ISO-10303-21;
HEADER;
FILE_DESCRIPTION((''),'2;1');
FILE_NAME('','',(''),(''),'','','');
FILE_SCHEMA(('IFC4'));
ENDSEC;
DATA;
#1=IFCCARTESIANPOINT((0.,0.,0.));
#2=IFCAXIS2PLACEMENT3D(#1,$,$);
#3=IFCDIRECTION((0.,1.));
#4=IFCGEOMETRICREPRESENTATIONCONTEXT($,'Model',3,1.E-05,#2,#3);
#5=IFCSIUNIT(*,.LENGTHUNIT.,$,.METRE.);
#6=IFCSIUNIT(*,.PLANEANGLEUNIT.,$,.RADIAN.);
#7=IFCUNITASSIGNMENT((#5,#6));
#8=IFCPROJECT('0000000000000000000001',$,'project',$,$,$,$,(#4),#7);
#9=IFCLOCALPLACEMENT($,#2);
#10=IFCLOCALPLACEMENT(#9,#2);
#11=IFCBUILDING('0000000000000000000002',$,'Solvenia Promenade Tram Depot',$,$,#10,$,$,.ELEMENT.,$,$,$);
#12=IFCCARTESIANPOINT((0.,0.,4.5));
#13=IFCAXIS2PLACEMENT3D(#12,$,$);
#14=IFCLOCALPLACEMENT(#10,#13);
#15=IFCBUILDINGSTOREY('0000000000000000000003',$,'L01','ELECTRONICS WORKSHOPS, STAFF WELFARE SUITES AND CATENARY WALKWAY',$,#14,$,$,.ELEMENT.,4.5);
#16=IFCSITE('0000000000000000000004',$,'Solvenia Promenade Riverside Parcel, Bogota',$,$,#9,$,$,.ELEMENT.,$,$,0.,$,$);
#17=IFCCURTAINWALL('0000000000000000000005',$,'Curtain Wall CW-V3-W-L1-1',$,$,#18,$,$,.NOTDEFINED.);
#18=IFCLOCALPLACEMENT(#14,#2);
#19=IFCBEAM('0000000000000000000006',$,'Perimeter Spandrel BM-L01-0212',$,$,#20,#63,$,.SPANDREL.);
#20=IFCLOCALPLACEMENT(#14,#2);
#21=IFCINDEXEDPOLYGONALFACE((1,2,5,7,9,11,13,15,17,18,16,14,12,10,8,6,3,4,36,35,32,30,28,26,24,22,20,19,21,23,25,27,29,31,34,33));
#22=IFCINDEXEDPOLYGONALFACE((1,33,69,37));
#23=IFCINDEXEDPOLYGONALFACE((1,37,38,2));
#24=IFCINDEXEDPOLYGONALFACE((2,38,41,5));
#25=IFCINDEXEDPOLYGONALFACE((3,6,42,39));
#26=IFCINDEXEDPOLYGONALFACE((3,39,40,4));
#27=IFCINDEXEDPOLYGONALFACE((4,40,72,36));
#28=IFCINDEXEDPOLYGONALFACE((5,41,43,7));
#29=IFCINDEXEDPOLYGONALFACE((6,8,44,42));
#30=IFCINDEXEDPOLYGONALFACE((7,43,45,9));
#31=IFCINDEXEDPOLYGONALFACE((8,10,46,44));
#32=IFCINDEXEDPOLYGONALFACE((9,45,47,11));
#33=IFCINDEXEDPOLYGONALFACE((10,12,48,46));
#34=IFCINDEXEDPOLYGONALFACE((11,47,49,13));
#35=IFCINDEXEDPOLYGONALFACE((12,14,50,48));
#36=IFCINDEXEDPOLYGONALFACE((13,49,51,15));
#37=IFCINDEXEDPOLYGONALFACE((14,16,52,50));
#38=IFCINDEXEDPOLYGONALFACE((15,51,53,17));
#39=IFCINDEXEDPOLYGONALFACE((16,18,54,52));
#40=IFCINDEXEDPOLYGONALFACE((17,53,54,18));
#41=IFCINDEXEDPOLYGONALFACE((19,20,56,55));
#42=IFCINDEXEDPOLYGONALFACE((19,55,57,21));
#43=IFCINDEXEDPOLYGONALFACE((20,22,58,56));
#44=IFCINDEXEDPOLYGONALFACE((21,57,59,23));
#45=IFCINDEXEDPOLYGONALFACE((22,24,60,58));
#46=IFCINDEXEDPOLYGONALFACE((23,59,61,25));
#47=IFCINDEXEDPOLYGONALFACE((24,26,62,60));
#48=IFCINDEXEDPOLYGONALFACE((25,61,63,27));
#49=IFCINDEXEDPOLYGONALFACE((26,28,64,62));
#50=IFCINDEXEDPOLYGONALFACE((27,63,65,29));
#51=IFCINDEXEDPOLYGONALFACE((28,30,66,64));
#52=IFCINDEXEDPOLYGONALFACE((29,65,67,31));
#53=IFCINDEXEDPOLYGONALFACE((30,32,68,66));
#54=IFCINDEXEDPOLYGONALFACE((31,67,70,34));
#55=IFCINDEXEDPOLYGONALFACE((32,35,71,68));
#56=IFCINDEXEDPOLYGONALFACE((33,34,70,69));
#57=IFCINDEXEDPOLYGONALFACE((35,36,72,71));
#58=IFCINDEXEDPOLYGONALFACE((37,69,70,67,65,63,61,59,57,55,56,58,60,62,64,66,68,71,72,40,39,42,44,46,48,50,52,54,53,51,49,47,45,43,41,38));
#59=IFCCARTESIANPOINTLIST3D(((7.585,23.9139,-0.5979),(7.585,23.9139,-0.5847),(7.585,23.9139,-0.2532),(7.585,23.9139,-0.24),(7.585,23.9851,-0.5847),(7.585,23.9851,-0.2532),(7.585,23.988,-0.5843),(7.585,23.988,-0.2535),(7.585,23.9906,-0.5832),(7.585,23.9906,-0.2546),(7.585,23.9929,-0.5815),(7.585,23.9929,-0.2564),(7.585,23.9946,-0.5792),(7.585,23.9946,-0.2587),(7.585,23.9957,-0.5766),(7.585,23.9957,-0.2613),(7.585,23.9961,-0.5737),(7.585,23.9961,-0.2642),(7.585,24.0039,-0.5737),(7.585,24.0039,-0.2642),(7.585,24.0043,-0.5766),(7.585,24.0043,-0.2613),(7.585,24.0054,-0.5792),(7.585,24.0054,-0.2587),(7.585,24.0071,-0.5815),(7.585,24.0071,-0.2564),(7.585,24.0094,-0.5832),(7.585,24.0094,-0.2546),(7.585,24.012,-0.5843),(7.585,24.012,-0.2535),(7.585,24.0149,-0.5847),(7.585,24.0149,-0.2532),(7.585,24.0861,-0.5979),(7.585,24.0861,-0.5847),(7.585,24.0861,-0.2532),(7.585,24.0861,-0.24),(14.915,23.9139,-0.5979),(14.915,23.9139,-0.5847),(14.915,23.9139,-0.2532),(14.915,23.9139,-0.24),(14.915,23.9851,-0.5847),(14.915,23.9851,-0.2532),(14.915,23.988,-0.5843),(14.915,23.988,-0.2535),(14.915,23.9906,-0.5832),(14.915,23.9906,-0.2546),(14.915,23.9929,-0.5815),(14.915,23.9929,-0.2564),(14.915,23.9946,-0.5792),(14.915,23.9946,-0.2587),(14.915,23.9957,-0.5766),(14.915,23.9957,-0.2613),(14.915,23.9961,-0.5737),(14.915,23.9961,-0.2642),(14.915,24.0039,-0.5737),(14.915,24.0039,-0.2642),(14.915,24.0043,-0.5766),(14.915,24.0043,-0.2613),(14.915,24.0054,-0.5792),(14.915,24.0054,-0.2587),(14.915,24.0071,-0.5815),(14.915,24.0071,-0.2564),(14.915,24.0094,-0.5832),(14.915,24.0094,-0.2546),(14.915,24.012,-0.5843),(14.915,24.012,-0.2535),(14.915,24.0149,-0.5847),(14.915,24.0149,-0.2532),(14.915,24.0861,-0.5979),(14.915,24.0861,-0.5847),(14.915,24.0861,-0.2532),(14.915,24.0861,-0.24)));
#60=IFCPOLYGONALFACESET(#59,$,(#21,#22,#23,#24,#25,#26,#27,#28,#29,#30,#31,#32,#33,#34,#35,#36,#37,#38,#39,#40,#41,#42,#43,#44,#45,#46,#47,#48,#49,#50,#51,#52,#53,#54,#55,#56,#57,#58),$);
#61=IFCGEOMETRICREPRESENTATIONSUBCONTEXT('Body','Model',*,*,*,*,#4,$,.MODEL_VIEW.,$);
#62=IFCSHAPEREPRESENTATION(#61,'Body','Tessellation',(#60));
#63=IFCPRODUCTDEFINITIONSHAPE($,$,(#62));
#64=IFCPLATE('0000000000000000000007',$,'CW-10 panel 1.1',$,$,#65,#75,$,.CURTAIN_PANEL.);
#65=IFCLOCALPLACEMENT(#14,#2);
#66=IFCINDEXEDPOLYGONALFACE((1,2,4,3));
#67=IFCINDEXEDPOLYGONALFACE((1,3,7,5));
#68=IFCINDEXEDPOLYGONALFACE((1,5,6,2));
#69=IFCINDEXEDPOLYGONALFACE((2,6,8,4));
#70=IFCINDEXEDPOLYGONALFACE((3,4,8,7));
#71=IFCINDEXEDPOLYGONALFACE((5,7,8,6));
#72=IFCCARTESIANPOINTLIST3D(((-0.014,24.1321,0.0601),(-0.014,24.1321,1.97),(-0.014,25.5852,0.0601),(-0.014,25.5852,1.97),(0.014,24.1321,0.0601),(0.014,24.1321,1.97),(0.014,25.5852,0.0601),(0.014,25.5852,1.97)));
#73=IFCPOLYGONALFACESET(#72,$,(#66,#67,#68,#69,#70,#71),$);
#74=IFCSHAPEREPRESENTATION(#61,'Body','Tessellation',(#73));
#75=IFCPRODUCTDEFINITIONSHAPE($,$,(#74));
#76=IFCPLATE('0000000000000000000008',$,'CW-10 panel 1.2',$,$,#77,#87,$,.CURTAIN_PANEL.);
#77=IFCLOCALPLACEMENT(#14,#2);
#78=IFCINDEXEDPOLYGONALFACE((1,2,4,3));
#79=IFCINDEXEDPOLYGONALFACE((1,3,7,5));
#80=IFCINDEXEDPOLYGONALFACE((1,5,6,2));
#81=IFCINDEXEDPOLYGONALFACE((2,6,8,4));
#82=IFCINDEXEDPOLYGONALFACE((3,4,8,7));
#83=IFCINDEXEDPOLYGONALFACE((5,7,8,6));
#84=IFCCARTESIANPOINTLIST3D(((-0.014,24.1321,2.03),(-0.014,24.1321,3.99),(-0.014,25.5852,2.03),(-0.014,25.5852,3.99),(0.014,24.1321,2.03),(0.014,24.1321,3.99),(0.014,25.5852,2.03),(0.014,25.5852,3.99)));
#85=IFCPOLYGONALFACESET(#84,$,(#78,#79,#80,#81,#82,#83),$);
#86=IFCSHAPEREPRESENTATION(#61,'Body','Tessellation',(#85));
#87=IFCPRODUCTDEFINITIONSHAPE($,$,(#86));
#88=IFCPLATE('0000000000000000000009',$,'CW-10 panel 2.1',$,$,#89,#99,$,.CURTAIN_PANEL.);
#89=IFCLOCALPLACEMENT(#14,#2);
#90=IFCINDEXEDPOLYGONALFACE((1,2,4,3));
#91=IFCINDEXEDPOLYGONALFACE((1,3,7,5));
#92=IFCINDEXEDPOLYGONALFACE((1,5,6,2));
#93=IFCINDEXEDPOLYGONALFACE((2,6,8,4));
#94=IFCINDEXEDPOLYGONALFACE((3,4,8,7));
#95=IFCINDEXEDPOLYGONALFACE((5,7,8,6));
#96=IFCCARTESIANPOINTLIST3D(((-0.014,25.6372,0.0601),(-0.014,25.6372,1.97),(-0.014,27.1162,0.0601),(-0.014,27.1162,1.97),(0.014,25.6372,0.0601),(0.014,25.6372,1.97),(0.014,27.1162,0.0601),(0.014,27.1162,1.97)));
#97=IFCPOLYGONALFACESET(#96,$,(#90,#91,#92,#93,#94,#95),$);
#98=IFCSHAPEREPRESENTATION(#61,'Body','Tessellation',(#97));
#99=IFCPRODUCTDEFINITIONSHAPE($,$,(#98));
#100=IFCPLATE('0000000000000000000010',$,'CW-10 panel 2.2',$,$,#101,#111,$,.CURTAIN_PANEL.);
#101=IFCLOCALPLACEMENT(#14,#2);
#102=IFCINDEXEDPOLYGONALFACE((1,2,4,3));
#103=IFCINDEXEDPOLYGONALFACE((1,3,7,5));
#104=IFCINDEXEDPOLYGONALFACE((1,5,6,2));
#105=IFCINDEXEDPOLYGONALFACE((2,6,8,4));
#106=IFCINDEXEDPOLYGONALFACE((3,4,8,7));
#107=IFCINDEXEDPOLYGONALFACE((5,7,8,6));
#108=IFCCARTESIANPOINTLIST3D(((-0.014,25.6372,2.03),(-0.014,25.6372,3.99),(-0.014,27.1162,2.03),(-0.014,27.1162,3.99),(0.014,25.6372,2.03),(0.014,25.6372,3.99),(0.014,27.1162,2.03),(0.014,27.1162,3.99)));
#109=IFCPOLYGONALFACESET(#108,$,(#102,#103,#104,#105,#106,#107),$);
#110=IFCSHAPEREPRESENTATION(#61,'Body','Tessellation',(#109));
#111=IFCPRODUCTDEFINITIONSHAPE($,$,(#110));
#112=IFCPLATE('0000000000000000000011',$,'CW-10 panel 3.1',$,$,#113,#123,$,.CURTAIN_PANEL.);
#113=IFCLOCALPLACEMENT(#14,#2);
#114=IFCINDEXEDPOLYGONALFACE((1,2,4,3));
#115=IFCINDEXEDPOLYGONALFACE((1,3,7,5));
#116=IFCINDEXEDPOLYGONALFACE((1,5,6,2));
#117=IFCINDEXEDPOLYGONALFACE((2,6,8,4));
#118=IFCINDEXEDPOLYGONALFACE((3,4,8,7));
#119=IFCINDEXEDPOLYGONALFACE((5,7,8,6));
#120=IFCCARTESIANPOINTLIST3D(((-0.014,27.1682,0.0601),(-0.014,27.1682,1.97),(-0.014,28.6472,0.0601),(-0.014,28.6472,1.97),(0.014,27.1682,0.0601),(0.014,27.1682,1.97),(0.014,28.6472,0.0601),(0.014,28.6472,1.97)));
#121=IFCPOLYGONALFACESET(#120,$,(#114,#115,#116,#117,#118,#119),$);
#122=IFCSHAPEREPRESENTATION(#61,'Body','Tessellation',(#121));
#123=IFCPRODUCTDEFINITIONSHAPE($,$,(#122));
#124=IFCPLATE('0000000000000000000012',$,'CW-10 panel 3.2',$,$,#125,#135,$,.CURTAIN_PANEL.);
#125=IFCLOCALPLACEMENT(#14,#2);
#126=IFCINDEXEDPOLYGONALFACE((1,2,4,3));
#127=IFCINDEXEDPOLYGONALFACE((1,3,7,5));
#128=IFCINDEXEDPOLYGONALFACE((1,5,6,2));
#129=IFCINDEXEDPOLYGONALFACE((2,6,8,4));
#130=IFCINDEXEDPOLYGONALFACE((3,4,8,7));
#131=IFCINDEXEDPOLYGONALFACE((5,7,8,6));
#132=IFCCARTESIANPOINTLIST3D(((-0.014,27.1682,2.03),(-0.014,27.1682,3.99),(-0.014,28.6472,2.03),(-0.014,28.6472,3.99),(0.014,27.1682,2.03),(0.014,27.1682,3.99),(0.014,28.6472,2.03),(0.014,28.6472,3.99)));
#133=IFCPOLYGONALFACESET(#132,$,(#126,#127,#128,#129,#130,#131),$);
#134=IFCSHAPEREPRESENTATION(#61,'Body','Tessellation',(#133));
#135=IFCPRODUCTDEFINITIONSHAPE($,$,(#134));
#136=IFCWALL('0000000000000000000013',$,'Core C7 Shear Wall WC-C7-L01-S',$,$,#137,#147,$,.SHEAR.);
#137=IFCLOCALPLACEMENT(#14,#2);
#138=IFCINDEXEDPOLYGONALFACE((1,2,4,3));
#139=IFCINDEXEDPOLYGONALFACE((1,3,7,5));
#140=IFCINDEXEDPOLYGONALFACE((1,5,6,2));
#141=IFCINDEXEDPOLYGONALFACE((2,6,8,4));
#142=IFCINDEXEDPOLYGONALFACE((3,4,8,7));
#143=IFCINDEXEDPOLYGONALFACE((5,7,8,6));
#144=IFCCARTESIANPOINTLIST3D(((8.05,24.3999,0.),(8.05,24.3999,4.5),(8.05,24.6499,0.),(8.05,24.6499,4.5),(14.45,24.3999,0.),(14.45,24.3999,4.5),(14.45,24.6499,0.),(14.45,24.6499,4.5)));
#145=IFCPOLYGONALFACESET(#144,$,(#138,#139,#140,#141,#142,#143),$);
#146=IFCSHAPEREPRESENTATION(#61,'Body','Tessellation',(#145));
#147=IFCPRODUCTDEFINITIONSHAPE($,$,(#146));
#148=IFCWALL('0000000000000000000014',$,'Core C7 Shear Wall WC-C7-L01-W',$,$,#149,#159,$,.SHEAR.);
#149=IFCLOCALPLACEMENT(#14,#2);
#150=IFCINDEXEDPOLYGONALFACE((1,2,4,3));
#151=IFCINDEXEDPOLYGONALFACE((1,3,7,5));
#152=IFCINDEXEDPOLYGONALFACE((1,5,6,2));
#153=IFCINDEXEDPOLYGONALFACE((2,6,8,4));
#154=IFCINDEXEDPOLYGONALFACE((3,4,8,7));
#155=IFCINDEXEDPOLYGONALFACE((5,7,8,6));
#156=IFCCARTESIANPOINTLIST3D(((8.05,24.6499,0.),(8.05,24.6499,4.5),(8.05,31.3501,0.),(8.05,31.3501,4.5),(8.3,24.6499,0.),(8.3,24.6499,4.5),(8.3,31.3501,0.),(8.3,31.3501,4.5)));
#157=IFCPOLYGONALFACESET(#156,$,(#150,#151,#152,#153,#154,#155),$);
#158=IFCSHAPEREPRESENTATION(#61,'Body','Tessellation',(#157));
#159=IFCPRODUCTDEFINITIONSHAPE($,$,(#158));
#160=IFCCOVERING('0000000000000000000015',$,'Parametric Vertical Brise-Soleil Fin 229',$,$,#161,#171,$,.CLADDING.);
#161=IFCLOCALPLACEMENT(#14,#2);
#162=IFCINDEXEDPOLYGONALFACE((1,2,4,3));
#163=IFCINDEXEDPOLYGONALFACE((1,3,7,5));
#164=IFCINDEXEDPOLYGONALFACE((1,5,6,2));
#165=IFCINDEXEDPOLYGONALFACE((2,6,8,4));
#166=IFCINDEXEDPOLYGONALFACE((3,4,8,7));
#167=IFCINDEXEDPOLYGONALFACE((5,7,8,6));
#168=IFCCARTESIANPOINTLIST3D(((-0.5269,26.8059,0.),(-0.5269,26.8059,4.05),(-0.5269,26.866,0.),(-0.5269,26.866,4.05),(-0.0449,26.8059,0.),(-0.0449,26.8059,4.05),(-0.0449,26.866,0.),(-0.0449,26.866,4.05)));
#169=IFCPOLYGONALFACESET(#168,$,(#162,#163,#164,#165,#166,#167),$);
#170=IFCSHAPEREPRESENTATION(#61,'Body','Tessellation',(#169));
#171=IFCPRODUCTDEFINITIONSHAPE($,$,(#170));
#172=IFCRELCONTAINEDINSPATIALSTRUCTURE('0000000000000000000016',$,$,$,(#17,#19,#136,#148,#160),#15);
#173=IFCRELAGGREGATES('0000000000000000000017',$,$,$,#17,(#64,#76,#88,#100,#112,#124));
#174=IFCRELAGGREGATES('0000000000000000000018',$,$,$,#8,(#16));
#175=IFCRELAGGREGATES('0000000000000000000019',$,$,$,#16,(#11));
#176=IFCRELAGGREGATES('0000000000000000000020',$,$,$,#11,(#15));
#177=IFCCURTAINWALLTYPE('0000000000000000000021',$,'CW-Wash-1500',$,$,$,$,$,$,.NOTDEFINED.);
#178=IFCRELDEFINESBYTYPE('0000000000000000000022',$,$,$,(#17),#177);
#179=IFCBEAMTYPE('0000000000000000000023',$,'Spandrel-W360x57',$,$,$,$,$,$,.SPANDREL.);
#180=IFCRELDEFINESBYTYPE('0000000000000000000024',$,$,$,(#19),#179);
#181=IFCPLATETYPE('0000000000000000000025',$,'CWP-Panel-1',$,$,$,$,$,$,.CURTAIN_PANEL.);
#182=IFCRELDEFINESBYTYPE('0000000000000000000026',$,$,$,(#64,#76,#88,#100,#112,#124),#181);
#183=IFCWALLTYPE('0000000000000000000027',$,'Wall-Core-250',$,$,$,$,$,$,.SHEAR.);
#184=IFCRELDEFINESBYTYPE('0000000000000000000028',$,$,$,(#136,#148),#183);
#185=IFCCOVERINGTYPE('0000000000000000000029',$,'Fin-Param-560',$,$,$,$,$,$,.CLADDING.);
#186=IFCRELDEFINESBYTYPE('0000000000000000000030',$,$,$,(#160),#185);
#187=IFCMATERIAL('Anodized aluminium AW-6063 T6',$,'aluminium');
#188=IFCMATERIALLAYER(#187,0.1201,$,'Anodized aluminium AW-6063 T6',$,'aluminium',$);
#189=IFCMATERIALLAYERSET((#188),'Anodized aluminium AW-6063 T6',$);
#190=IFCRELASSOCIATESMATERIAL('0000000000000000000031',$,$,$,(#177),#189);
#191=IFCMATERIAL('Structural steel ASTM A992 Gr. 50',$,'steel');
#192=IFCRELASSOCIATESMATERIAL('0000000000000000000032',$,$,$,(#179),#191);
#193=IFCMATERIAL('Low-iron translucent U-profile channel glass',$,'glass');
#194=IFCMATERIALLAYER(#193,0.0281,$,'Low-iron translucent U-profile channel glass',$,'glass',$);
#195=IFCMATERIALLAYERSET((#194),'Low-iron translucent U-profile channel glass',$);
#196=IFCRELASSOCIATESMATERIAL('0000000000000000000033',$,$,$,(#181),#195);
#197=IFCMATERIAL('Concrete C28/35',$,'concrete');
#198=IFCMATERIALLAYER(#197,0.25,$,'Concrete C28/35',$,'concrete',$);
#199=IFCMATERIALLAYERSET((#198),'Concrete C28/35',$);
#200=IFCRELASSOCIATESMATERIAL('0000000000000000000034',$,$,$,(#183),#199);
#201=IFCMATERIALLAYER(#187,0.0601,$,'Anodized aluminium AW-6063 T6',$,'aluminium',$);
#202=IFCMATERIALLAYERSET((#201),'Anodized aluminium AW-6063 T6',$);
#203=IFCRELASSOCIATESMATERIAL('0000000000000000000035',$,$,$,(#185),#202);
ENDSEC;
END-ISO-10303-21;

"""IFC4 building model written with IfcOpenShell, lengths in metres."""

from ifc_helpers import new_model, si_unit, direction, frame, frame_2d, origin, origin_2d, place, context, subcontext, project, spatial, rectangle, i_section, extrude, material, layer, layer_set, material_profile, profile_set, type_object, element, aggregate, save


model = new_model("IFC4")

# Units and contexts
model_context = context("Model", 3, precision=1e-05, world=origin(), true_north=direction((0.0, 1.0)))
body_context = subcontext(model_context, "Body", "Model", "MODEL_VIEW")
ifc_project = project(units=[si_unit("LENGTHUNIT", "METRE"), si_unit("PLANEANGLEUNIT", "RADIAN")], contexts=[model_context])

# Site, building, storey
site_placement = place(None, origin())
site = spatial("IfcSite", under=ifc_project, at=site_placement, Name="Solvenia Promenade Riverside Parcel, Bogota", CompositionType="ELEMENT", RefElevation=0.0)
building_placement = place(site_placement, origin())
building = spatial("IfcBuilding", under=site, at=building_placement, Name="Solvenia Promenade Tram Depot", CompositionType="ELEMENT")
storey_placement = place(building_placement, frame((0.0, 0.0, 4.5)))
storey = spatial("IfcBuildingStorey", under=building, at=storey_placement, Name="L01", Description="ELECTRONICS WORKSHOPS, STAFF WELFARE SUITES AND CATENARY WALKWAY", CompositionType="ELEMENT", Elevation=4.5)

# Curtain wall
ifc_material_1 = material(Name="Anodized aluminium AW-6063 T6", Category="aluminium")
ifc_layer_1 = layer(ifc_material_1, 0.1201, Name="Anodized aluminium AW-6063 T6", Category="aluminium")
ifc_layer_set_1 = layer_set([ifc_layer_1], Name="Anodized aluminium AW-6063 T6")
curtain_wall_type = type_object("IfcCurtainWallType", Name="CW-Wash-1500", PredefinedType="NOTDEFINED", material=ifc_layer_set_1)
curtain_wall_placement = place(storey_placement, origin())
curtain_wall = element("IfcCurtainWall", 1, at=curtain_wall_placement, inside=storey, type_object=curtain_wall_type, Name="Curtain Wall CW-V3-W-L1-1", PredefinedType="NOTDEFINED")

# Beam
ifc_material_2 = material(Name="Structural steel ASTM A992 Gr. 50", Category="steel")
ifc_material_profile_1 = material_profile(ifc_material_2, i_section(OverallWidth=0.1721, OverallDepth=0.3579, WebThickness=0.0078, FlangeThickness=0.0132, FilletRadius=0.011, at=origin_2d()), Name="W360x57", Category="steel")
ifc_profile_set_1 = profile_set([ifc_material_profile_1], Name="Structural steel ASTM A992 Gr. 50")
beam_type_1 = type_object("IfcBeamType", Name="Spandrel-W360x57", PredefinedType="SPANDREL", material=ifc_profile_set_1)
beam_1_placement = place(storey_placement, frame((7.585, 24.0, -0.4189), z_axis=(1.0, 0.0, 0.0), x_axis=(0.0, 1.0, 0.0)))
element("IfcBeam", 2, at=beam_1_placement, inside=storey, type_object=beam_type_1, Name="Perimeter Spandrel BM-L01-0212", PredefinedType="SPANDREL", context=body_context, shape_type="SweptSolid", body=[
    extrude(i_section(OverallWidth=0.1721, OverallDepth=0.3579, WebThickness=0.0078, FlangeThickness=0.0132, FilletRadius=0.011, at=origin_2d()), origin(), (0.0, 0.0, 1.0), 7.3301),
])

# Plates
ifc_material_3 = material(Name="Low-iron translucent U-profile channel glass", Category="glass")
ifc_layer_2 = layer(ifc_material_3, 0.0281, Name="Low-iron translucent U-profile channel glass", Category="glass")
ifc_layer_set_2 = layer_set([ifc_layer_2], Name="Low-iron translucent U-profile channel glass")
plate_type = type_object("IfcPlateType", Name="CWP-Panel-1", PredefinedType="CURTAIN_PANEL", material=ifc_layer_set_2)
plate_1_placement = place(storey_placement, frame((0.0, 24.8586, 0.0601), z_axis=(0.0, 0.0, 1.0), x_axis=(0.0, 1.0, 0.0)))
plate_1 = element("IfcPlate", 3, at=plate_1_placement, type_object=plate_type, Name="CW-10 panel 1.1", PredefinedType="CURTAIN_PANEL", context=body_context, shape_type="SweptSolid", body=[
    extrude(rectangle(XDim=1.4531, YDim=0.0281, at=origin_2d()), origin(), (0.0, 0.0, 1.0), 1.9099),
])
plate_2_placement = place(storey_placement, frame((0.0, 24.8586, 2.03), z_axis=(0.0, 0.0, 1.0), x_axis=(0.0, 1.0, 0.0)))
plate_2 = element("IfcPlate", 4, at=plate_2_placement, type_object=plate_type, Name="CW-10 panel 1.2", PredefinedType="CURTAIN_PANEL", context=body_context, shape_type="SweptSolid", body=[
    extrude(rectangle(XDim=1.4531, YDim=0.0281, at=origin_2d()), origin(), (0.0, 0.0, 1.0), 1.96),
])
plate_3_placement = place(storey_placement, frame((0.0, 26.3767, 0.0601), z_axis=(0.0, 0.0, 1.0), x_axis=(0.0, 1.0, 0.0)))
plate_3 = element("IfcPlate", 5, at=plate_3_placement, type_object=plate_type, Name="CW-10 panel 2.1", PredefinedType="CURTAIN_PANEL", context=body_context, shape_type="SweptSolid", body=[
    extrude(rectangle(XDim=1.479, YDim=0.0281, at=origin_2d()), origin(), (0.0, 0.0, 1.0), 1.9099),
])
plate_4_placement = place(storey_placement, frame((0.0, 26.3767, 2.03), z_axis=(0.0, 0.0, 1.0), x_axis=(0.0, 1.0, 0.0)))
plate_4 = element("IfcPlate", 6, at=plate_4_placement, type_object=plate_type, Name="CW-10 panel 2.2", PredefinedType="CURTAIN_PANEL", context=body_context, shape_type="SweptSolid", body=[
    extrude(rectangle(XDim=1.479, YDim=0.0281, at=origin_2d()), origin(), (0.0, 0.0, 1.0), 1.96),
])
plate_5_placement = place(storey_placement, frame((0.0, 27.9077, 0.0601), z_axis=(0.0, 0.0, 1.0), x_axis=(0.0, 1.0, 0.0)))
plate_5 = element("IfcPlate", 7, at=plate_5_placement, type_object=plate_type, Name="CW-10 panel 3.1", PredefinedType="CURTAIN_PANEL", context=body_context, shape_type="SweptSolid", body=[
    extrude(rectangle(XDim=1.479, YDim=0.0281, at=origin_2d()), origin(), (0.0, 0.0, 1.0), 1.9099),
])
plate_6_placement = place(storey_placement, frame((0.0, 27.9077, 2.03), z_axis=(0.0, 0.0, 1.0), x_axis=(0.0, 1.0, 0.0)))
plate_6 = element("IfcPlate", 8, at=plate_6_placement, type_object=plate_type, Name="CW-10 panel 3.2", PredefinedType="CURTAIN_PANEL", context=body_context, shape_type="SweptSolid", body=[
    extrude(rectangle(XDim=1.479, YDim=0.0281, at=origin_2d()), origin(), (0.0, 0.0, 1.0), 1.96),
])
aggregate(curtain_wall, [plate_1, plate_2, plate_3, plate_4, plate_5, plate_6])

# Walls
ifc_material_4 = material(Name="Concrete C28/35", Category="concrete")
ifc_layer_3 = layer(ifc_material_4, 0.25, Name="Concrete C28/35", Category="concrete")
ifc_layer_set_3 = layer_set([ifc_layer_3], Name="Concrete C28/35")
wall_type = type_object("IfcWallType", Name="Wall-Core-250", PredefinedType="SHEAR", material=ifc_layer_set_3)
wall_1_placement = place(storey_placement, frame((8.05, 24.5249, 0.0), z_axis=(0.0, 0.0, 1.0), x_axis=(1.0, 0.0, 0.0)))
element("IfcWall", 9, at=wall_1_placement, inside=storey, type_object=wall_type, Name="Core C7 Shear Wall WC-C7-L01-S", PredefinedType="SHEAR", context=body_context, shape_type="SweptSolid", body=[
    extrude(rectangle(XDim=6.3999, YDim=0.25, at=frame_2d((3.2, 0.0))), origin(), (0.0, 0.0, 1.0), 4.5),
])
wall_2_placement = place(storey_placement, frame((8.175, 24.6499, 0.0), z_axis=(0.0, 0.0, 1.0), x_axis=(0.0, 1.0, 0.0)))
element("IfcWall", 10, at=wall_2_placement, inside=storey, type_object=wall_type, Name="Core C7 Shear Wall WC-C7-L01-W", PredefinedType="SHEAR", context=body_context, shape_type="SweptSolid", body=[
    extrude(rectangle(XDim=6.7002, YDim=0.25, at=frame_2d((3.3501, 0.0))), origin(), (0.0, 0.0, 1.0), 4.5),
])

# Covering
ifc_layer_4 = layer(ifc_material_1, 0.0601, Name="Anodized aluminium AW-6063 T6", Category="aluminium")
ifc_layer_set_4 = layer_set([ifc_layer_4], Name="Anodized aluminium AW-6063 T6")
covering_type = type_object("IfcCoveringType", Name="Fin-Param-560", PredefinedType="CLADDING", material=ifc_layer_set_4)
covering_placement = place(storey_placement, frame((-0.2859, 26.8359, 0.0), z_axis=(0.0, 0.0, 1.0), x_axis=(0.0, 1.0, 0.0)))
element("IfcCovering", 11, at=covering_placement, inside=storey, type_object=covering_type, Name="Parametric Vertical Brise-Soleil Fin 229", PredefinedType="CLADDING", context=body_context, shape_type="SweptSolid", body=[
    extrude(rectangle(XDim=0.0601, YDim=0.4819, at=origin_2d()), origin(), (0.0, 0.0, 1.0), 4.05),
])

save(model, "model.ifc")
